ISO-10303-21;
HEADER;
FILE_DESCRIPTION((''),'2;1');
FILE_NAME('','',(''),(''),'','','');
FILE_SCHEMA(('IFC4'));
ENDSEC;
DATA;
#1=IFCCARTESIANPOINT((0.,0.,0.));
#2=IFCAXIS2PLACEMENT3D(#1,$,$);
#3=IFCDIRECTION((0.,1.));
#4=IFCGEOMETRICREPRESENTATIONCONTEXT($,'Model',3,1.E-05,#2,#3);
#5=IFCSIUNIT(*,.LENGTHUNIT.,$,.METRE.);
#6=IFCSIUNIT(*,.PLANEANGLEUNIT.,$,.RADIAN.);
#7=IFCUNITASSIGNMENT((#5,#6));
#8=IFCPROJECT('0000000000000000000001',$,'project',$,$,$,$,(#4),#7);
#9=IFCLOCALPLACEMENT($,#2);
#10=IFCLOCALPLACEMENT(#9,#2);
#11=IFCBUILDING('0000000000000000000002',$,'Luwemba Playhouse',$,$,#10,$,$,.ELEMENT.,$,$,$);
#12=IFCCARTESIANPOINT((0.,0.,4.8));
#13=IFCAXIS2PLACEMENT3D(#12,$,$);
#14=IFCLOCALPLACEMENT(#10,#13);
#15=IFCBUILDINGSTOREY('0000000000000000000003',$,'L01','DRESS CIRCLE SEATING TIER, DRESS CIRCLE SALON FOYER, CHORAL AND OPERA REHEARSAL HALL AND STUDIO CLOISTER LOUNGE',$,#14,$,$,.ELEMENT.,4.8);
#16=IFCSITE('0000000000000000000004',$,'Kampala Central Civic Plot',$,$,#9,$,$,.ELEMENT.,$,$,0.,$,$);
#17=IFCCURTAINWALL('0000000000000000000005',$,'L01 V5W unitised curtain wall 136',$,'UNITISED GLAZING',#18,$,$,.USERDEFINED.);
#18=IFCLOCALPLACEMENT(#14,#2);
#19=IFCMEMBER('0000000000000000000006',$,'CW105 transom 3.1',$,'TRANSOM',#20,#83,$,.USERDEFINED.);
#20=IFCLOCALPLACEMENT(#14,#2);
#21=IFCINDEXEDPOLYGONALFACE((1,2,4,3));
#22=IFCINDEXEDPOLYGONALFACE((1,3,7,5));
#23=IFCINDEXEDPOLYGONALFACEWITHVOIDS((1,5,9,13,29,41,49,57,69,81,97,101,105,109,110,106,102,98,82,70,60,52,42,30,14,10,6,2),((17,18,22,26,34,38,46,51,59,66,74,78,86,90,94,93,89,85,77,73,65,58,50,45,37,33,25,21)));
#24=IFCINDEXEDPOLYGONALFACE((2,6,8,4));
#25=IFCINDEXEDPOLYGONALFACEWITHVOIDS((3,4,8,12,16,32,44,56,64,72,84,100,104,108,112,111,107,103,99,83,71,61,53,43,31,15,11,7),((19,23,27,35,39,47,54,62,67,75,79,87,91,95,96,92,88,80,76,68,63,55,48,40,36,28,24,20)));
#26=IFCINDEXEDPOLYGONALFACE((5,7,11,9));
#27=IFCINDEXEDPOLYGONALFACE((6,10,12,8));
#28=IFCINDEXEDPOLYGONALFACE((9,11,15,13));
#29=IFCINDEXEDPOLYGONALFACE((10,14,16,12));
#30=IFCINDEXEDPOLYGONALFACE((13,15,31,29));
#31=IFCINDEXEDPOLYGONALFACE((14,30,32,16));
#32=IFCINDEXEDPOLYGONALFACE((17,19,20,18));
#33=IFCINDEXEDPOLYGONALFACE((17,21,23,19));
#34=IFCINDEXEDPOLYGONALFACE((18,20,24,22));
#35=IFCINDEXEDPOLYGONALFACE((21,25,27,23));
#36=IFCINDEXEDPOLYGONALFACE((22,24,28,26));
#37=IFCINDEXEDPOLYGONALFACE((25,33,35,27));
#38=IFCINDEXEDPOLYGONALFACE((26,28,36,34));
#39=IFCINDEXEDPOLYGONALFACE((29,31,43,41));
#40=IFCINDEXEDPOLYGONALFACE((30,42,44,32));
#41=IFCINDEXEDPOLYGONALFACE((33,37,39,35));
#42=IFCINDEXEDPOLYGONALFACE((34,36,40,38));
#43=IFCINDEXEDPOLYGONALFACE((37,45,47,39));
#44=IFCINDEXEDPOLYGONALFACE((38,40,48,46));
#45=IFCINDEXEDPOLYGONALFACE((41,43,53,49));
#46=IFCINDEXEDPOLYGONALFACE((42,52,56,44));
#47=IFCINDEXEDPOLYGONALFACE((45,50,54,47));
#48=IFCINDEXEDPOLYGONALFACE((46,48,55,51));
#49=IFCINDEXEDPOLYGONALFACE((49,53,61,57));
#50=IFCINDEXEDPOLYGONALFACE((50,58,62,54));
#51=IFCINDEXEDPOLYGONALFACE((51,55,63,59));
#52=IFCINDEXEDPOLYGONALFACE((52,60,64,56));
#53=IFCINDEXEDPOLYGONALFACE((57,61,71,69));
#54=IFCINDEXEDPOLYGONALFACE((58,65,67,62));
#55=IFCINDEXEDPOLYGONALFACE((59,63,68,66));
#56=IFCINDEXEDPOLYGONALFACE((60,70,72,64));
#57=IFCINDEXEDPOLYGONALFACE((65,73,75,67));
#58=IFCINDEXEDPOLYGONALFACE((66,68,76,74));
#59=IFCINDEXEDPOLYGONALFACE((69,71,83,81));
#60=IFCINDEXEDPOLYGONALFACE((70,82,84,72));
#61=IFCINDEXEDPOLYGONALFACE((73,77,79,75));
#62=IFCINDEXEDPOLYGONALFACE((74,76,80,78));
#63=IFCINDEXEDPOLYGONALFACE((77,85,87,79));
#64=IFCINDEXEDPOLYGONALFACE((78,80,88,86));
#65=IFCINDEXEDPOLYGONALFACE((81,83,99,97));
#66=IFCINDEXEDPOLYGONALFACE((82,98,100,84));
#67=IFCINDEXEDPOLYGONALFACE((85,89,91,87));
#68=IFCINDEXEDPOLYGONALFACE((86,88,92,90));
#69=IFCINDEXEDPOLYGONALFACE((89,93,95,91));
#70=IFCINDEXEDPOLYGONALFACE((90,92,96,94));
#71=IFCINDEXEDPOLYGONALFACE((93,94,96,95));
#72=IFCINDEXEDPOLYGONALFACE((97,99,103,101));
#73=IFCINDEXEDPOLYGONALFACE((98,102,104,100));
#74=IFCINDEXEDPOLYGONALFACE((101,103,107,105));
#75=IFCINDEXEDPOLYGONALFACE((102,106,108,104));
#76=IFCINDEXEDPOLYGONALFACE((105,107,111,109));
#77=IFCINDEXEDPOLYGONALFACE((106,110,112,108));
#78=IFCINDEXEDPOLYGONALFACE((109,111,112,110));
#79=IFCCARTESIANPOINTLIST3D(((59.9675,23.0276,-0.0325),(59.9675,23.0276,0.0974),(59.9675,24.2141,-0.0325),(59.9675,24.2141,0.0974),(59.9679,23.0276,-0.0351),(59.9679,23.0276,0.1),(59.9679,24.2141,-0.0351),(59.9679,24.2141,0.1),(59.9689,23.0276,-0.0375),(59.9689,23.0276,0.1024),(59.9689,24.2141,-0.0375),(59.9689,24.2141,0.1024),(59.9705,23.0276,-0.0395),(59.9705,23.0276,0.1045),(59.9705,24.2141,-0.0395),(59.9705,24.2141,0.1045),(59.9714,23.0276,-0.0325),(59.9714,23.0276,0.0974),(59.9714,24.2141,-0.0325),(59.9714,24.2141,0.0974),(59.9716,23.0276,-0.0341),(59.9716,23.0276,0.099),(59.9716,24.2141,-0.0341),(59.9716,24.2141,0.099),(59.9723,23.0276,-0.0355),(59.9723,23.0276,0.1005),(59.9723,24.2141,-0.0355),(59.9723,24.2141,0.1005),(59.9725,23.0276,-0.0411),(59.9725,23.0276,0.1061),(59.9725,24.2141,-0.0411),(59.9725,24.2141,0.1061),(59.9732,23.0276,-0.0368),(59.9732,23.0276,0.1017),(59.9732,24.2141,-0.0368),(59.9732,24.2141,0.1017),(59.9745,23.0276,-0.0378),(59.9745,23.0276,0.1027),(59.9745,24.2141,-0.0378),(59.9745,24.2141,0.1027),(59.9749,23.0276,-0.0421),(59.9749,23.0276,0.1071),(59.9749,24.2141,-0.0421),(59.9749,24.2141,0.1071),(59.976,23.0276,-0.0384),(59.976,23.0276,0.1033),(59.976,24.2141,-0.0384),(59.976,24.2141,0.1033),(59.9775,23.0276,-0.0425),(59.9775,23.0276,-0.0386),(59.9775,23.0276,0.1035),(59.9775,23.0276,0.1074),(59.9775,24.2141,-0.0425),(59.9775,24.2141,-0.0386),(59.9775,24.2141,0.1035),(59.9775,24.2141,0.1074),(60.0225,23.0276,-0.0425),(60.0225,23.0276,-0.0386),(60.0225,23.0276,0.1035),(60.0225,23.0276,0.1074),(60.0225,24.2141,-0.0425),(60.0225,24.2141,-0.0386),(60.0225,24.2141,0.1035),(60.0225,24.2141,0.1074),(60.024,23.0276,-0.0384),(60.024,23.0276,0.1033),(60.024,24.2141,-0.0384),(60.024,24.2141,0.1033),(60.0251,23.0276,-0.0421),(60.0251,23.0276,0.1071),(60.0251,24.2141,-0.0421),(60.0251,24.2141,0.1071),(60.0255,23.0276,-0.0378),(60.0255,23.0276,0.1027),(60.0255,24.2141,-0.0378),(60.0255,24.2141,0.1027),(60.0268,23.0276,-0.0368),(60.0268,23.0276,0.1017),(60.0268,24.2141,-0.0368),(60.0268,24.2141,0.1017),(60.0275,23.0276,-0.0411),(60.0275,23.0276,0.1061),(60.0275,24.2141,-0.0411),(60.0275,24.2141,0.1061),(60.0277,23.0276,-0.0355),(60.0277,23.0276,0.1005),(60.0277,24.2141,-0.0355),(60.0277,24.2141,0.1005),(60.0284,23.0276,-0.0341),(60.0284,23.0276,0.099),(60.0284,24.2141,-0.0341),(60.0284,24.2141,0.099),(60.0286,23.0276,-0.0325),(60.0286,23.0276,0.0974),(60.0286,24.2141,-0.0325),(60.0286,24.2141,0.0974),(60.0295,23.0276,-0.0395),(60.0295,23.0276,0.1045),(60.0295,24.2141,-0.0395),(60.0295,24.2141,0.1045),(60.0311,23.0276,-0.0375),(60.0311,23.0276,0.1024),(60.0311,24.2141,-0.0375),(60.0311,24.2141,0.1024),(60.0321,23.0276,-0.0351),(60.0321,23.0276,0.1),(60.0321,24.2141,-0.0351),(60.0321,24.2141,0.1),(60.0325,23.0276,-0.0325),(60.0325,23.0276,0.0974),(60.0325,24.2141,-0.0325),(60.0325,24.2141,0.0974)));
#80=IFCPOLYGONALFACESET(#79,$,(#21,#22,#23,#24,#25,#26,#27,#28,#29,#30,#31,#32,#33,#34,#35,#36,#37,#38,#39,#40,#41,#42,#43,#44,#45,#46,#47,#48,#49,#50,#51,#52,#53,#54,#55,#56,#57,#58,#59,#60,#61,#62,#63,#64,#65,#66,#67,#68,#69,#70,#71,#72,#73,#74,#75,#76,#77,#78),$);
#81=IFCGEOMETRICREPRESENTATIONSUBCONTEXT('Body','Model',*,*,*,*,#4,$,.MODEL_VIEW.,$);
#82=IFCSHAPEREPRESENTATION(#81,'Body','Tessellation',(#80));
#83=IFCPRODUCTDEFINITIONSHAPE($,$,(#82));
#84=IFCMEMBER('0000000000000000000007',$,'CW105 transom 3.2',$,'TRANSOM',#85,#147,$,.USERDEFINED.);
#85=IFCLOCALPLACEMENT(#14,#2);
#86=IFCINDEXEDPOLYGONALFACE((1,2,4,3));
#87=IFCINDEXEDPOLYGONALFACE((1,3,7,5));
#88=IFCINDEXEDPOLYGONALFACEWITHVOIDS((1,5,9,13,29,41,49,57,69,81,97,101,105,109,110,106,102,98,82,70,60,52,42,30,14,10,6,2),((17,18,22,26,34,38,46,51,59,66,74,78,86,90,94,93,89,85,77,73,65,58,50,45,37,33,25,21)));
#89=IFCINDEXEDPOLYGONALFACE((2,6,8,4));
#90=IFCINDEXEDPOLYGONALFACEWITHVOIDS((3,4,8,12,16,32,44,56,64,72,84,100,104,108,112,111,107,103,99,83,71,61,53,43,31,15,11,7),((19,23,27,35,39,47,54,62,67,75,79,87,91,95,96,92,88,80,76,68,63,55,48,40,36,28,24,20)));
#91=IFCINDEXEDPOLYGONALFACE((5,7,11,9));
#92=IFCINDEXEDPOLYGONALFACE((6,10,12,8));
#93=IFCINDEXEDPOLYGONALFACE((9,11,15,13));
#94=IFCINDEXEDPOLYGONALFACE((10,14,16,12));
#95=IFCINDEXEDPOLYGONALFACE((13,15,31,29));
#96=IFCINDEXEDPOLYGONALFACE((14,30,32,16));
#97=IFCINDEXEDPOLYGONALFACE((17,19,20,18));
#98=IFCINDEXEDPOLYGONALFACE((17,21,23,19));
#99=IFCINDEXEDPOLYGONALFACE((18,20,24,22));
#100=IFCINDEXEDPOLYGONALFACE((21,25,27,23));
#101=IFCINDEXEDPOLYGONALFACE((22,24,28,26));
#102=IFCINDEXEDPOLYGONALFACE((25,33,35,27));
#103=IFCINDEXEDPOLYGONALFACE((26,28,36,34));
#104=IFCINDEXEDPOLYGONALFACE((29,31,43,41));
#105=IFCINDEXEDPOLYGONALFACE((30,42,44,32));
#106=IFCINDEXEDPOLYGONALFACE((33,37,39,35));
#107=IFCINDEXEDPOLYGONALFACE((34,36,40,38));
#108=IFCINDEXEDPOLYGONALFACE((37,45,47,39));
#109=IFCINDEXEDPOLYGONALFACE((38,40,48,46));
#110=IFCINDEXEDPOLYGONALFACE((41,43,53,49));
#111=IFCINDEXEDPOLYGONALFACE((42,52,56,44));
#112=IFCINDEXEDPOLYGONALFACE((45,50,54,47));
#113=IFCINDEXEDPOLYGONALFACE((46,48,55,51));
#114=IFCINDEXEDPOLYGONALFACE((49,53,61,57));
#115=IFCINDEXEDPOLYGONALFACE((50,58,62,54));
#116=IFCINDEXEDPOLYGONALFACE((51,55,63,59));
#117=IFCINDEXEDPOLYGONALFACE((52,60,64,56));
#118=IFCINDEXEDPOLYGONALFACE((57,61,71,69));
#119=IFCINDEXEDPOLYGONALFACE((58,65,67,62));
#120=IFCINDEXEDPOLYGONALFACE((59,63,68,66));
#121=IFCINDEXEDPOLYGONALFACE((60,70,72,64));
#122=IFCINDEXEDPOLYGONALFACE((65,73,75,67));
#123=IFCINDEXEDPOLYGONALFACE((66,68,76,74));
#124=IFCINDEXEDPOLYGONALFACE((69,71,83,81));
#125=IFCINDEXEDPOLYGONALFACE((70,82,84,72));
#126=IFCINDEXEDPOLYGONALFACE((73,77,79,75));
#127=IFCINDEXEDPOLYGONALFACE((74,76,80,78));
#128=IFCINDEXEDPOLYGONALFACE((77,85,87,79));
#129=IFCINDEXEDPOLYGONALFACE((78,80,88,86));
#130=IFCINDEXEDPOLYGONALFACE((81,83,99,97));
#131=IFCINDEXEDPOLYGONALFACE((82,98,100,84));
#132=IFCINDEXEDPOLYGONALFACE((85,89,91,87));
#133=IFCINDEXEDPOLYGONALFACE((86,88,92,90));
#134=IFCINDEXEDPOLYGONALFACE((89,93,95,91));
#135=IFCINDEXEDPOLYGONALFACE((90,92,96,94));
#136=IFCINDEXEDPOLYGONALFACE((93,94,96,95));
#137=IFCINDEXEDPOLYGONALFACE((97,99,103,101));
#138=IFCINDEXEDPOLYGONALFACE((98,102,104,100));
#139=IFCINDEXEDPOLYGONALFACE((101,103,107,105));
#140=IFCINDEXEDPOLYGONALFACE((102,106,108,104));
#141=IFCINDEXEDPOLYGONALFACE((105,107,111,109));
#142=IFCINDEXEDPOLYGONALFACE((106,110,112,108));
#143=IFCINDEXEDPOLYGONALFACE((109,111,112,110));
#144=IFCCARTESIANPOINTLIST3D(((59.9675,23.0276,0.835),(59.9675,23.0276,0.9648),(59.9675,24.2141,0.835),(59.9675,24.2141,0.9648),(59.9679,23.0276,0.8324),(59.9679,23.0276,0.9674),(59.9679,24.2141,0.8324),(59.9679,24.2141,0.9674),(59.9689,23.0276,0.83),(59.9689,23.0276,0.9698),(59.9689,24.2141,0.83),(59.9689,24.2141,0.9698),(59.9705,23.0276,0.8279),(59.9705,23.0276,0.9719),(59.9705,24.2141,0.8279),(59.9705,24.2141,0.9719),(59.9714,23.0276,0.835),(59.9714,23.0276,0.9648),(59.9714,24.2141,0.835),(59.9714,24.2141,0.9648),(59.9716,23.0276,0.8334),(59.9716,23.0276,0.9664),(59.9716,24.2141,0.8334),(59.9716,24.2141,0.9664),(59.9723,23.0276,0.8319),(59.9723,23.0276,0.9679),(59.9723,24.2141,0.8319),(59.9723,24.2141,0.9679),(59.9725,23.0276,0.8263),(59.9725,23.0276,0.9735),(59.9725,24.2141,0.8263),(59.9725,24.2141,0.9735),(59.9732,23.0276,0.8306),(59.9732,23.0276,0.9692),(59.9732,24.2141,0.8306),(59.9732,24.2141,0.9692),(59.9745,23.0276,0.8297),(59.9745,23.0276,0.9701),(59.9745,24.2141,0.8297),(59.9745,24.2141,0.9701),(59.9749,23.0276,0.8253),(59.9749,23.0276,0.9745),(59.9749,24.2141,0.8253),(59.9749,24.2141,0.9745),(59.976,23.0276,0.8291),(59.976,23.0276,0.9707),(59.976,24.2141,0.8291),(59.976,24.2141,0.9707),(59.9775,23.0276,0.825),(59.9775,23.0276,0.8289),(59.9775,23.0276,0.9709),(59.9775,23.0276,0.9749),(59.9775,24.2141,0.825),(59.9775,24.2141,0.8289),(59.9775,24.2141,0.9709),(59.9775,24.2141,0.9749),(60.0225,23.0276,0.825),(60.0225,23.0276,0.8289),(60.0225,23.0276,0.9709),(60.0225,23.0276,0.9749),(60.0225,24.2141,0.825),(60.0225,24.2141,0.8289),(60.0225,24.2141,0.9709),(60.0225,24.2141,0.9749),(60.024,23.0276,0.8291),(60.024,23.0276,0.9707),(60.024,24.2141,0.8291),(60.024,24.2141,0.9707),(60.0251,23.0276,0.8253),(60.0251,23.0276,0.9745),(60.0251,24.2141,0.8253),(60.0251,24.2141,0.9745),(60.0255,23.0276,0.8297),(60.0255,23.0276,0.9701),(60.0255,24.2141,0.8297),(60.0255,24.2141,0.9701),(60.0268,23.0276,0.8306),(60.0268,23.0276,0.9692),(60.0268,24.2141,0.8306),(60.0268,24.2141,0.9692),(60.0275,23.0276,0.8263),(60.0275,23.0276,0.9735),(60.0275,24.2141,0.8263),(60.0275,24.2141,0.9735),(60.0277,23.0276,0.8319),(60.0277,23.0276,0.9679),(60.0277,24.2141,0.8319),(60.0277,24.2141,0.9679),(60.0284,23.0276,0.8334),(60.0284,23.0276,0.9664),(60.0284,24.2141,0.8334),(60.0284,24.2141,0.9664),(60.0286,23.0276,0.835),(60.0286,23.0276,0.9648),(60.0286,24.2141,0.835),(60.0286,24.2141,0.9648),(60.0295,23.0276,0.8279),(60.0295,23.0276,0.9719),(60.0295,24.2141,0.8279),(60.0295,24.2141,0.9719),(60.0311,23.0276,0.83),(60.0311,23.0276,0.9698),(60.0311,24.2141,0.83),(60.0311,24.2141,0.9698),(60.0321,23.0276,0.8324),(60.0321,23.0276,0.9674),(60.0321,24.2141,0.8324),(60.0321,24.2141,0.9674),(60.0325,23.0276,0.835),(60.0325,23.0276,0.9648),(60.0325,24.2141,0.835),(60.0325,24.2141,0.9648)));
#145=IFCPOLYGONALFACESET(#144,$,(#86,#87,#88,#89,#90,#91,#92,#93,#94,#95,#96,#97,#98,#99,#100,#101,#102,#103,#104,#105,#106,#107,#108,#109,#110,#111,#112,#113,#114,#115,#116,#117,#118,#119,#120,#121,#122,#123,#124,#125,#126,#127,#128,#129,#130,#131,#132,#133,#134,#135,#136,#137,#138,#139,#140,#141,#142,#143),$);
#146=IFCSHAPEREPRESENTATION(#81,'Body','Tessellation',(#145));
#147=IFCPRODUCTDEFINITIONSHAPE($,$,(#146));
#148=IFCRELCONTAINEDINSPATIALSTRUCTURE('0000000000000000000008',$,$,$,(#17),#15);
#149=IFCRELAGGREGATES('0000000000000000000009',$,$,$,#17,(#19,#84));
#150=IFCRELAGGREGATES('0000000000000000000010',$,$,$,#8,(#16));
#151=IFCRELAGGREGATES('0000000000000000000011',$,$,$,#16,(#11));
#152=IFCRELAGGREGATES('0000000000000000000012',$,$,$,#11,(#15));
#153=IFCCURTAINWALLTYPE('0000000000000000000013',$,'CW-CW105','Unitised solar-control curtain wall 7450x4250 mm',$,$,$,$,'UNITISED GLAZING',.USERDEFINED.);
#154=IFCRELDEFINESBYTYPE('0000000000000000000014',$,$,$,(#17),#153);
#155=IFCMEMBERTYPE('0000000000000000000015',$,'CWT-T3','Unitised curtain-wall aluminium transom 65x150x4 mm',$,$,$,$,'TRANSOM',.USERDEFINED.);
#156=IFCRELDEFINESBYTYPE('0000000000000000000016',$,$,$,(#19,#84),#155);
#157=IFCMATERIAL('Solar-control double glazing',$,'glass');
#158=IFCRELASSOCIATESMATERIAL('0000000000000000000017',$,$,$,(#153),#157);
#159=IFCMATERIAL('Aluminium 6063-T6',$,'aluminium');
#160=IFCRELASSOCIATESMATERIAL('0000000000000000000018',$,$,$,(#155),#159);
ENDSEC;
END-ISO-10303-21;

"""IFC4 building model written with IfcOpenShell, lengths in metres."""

from ifc_helpers import new_model, si_unit, direction, frame, origin, origin_2d, place, context, subcontext, project, spatial, hollow_rectangle, extrude, material, material_profile, profile_set, type_object, element, aggregate, save


model = new_model("IFC4")

# Units and contexts
model_context = context("Model", 3, precision=1e-05, world=origin(), true_north=direction((0.0, 1.0)))
body_context = subcontext(model_context, "Body", "Model", "MODEL_VIEW")
ifc_project = project(units=[si_unit("LENGTHUNIT", "METRE"), si_unit("PLANEANGLEUNIT", "RADIAN")], contexts=[model_context])

# Site, building, storey
site_placement = place(None, origin())
site = spatial("IfcSite", under=ifc_project, at=site_placement, Name="Kampala Central Civic Plot", CompositionType="ELEMENT", RefElevation=0.0)
building_placement = place(site_placement, origin())
building = spatial("IfcBuilding", under=site, at=building_placement, Name="Luwemba Playhouse", CompositionType="ELEMENT")
storey_placement = place(building_placement, frame((0.0, 0.0, 4.8)))
storey = spatial("IfcBuildingStorey", under=building, at=storey_placement, Name="L01", Description="DRESS CIRCLE SEATING TIER, DRESS CIRCLE SALON FOYER, CHORAL AND OPERA REHEARSAL HALL AND STUDIO CLOISTER LOUNGE", CompositionType="ELEMENT", Elevation=4.8)

# Curtain wall, members
ifc_material_1 = material(Name="Solar-control double glazing", Category="glass")
curtain_wall_type = type_object("IfcCurtainWallType", Name="CW-CW105", Description="Unitised solar-control curtain wall 7450x4250 mm", ElementType="UNITISED GLAZING", PredefinedType="USERDEFINED", material=ifc_material_1)
curtain_wall_placement = place(storey_placement, origin())
curtain_wall = element("IfcCurtainWall", 1, at=curtain_wall_placement, inside=storey, type_object=curtain_wall_type, Name="L01 V5W unitised curtain wall 136", ObjectType="UNITISED GLAZING", PredefinedType="USERDEFINED")
ifc_material_2 = material(Name="Aluminium 6063-T6", Category="aluminium")
ifc_material_profile_1 = material_profile(ifc_material_2, hollow_rectangle(XDim=0.0649, YDim=0.1499, WallThickness=0.0039, InnerFilletRadius=0.0061, OuterFilletRadius=0.01, at=origin_2d()))
ifc_profile_set_1 = profile_set([ifc_material_profile_1], Name="Aluminium 6063-T6")
member_type_1 = type_object("IfcMemberType", Name="CWT-T3", Description="Unitised curtain-wall aluminium transom 65x150x4 mm", ElementType="TRANSOM", PredefinedType="USERDEFINED", material=ifc_profile_set_1)
member_1_placement = place(storey_placement, frame((60.0, 24.2141, 0.0325), z_axis=(0.0, -1.0, 0.0), x_axis=(1.0, 0.0, 0.0)))
member_1 = element("IfcMember", 2, at=member_1_placement, type_object=member_type_1, Name="CW105 transom 3.1", ObjectType="TRANSOM", PredefinedType="USERDEFINED", context=body_context, shape_type="SweptSolid", body=[
    extrude(hollow_rectangle(XDim=0.0649, YDim=0.1499, WallThickness=0.0039, InnerFilletRadius=0.0061, OuterFilletRadius=0.01, at=origin_2d()), origin(), (0.0, 0.0, 1.0), 1.1865),
])
member_2_placement = place(storey_placement, frame((60.0, 24.2141, 0.8999), z_axis=(0.0, -1.0, 0.0), x_axis=(1.0, 0.0, 0.0)))
member_2 = element("IfcMember", 3, at=member_2_placement, type_object=member_type_1, Name="CW105 transom 3.2", ObjectType="TRANSOM", PredefinedType="USERDEFINED", context=body_context, shape_type="SweptSolid", body=[
    extrude(hollow_rectangle(XDim=0.0649, YDim=0.1499, WallThickness=0.0039, InnerFilletRadius=0.0061, OuterFilletRadius=0.01, at=origin_2d()), origin(), (0.0, 0.0, 1.0), 1.1865),
])
aggregate(curtain_wall, [member_1, member_2])

save(model, "model.ifc")
